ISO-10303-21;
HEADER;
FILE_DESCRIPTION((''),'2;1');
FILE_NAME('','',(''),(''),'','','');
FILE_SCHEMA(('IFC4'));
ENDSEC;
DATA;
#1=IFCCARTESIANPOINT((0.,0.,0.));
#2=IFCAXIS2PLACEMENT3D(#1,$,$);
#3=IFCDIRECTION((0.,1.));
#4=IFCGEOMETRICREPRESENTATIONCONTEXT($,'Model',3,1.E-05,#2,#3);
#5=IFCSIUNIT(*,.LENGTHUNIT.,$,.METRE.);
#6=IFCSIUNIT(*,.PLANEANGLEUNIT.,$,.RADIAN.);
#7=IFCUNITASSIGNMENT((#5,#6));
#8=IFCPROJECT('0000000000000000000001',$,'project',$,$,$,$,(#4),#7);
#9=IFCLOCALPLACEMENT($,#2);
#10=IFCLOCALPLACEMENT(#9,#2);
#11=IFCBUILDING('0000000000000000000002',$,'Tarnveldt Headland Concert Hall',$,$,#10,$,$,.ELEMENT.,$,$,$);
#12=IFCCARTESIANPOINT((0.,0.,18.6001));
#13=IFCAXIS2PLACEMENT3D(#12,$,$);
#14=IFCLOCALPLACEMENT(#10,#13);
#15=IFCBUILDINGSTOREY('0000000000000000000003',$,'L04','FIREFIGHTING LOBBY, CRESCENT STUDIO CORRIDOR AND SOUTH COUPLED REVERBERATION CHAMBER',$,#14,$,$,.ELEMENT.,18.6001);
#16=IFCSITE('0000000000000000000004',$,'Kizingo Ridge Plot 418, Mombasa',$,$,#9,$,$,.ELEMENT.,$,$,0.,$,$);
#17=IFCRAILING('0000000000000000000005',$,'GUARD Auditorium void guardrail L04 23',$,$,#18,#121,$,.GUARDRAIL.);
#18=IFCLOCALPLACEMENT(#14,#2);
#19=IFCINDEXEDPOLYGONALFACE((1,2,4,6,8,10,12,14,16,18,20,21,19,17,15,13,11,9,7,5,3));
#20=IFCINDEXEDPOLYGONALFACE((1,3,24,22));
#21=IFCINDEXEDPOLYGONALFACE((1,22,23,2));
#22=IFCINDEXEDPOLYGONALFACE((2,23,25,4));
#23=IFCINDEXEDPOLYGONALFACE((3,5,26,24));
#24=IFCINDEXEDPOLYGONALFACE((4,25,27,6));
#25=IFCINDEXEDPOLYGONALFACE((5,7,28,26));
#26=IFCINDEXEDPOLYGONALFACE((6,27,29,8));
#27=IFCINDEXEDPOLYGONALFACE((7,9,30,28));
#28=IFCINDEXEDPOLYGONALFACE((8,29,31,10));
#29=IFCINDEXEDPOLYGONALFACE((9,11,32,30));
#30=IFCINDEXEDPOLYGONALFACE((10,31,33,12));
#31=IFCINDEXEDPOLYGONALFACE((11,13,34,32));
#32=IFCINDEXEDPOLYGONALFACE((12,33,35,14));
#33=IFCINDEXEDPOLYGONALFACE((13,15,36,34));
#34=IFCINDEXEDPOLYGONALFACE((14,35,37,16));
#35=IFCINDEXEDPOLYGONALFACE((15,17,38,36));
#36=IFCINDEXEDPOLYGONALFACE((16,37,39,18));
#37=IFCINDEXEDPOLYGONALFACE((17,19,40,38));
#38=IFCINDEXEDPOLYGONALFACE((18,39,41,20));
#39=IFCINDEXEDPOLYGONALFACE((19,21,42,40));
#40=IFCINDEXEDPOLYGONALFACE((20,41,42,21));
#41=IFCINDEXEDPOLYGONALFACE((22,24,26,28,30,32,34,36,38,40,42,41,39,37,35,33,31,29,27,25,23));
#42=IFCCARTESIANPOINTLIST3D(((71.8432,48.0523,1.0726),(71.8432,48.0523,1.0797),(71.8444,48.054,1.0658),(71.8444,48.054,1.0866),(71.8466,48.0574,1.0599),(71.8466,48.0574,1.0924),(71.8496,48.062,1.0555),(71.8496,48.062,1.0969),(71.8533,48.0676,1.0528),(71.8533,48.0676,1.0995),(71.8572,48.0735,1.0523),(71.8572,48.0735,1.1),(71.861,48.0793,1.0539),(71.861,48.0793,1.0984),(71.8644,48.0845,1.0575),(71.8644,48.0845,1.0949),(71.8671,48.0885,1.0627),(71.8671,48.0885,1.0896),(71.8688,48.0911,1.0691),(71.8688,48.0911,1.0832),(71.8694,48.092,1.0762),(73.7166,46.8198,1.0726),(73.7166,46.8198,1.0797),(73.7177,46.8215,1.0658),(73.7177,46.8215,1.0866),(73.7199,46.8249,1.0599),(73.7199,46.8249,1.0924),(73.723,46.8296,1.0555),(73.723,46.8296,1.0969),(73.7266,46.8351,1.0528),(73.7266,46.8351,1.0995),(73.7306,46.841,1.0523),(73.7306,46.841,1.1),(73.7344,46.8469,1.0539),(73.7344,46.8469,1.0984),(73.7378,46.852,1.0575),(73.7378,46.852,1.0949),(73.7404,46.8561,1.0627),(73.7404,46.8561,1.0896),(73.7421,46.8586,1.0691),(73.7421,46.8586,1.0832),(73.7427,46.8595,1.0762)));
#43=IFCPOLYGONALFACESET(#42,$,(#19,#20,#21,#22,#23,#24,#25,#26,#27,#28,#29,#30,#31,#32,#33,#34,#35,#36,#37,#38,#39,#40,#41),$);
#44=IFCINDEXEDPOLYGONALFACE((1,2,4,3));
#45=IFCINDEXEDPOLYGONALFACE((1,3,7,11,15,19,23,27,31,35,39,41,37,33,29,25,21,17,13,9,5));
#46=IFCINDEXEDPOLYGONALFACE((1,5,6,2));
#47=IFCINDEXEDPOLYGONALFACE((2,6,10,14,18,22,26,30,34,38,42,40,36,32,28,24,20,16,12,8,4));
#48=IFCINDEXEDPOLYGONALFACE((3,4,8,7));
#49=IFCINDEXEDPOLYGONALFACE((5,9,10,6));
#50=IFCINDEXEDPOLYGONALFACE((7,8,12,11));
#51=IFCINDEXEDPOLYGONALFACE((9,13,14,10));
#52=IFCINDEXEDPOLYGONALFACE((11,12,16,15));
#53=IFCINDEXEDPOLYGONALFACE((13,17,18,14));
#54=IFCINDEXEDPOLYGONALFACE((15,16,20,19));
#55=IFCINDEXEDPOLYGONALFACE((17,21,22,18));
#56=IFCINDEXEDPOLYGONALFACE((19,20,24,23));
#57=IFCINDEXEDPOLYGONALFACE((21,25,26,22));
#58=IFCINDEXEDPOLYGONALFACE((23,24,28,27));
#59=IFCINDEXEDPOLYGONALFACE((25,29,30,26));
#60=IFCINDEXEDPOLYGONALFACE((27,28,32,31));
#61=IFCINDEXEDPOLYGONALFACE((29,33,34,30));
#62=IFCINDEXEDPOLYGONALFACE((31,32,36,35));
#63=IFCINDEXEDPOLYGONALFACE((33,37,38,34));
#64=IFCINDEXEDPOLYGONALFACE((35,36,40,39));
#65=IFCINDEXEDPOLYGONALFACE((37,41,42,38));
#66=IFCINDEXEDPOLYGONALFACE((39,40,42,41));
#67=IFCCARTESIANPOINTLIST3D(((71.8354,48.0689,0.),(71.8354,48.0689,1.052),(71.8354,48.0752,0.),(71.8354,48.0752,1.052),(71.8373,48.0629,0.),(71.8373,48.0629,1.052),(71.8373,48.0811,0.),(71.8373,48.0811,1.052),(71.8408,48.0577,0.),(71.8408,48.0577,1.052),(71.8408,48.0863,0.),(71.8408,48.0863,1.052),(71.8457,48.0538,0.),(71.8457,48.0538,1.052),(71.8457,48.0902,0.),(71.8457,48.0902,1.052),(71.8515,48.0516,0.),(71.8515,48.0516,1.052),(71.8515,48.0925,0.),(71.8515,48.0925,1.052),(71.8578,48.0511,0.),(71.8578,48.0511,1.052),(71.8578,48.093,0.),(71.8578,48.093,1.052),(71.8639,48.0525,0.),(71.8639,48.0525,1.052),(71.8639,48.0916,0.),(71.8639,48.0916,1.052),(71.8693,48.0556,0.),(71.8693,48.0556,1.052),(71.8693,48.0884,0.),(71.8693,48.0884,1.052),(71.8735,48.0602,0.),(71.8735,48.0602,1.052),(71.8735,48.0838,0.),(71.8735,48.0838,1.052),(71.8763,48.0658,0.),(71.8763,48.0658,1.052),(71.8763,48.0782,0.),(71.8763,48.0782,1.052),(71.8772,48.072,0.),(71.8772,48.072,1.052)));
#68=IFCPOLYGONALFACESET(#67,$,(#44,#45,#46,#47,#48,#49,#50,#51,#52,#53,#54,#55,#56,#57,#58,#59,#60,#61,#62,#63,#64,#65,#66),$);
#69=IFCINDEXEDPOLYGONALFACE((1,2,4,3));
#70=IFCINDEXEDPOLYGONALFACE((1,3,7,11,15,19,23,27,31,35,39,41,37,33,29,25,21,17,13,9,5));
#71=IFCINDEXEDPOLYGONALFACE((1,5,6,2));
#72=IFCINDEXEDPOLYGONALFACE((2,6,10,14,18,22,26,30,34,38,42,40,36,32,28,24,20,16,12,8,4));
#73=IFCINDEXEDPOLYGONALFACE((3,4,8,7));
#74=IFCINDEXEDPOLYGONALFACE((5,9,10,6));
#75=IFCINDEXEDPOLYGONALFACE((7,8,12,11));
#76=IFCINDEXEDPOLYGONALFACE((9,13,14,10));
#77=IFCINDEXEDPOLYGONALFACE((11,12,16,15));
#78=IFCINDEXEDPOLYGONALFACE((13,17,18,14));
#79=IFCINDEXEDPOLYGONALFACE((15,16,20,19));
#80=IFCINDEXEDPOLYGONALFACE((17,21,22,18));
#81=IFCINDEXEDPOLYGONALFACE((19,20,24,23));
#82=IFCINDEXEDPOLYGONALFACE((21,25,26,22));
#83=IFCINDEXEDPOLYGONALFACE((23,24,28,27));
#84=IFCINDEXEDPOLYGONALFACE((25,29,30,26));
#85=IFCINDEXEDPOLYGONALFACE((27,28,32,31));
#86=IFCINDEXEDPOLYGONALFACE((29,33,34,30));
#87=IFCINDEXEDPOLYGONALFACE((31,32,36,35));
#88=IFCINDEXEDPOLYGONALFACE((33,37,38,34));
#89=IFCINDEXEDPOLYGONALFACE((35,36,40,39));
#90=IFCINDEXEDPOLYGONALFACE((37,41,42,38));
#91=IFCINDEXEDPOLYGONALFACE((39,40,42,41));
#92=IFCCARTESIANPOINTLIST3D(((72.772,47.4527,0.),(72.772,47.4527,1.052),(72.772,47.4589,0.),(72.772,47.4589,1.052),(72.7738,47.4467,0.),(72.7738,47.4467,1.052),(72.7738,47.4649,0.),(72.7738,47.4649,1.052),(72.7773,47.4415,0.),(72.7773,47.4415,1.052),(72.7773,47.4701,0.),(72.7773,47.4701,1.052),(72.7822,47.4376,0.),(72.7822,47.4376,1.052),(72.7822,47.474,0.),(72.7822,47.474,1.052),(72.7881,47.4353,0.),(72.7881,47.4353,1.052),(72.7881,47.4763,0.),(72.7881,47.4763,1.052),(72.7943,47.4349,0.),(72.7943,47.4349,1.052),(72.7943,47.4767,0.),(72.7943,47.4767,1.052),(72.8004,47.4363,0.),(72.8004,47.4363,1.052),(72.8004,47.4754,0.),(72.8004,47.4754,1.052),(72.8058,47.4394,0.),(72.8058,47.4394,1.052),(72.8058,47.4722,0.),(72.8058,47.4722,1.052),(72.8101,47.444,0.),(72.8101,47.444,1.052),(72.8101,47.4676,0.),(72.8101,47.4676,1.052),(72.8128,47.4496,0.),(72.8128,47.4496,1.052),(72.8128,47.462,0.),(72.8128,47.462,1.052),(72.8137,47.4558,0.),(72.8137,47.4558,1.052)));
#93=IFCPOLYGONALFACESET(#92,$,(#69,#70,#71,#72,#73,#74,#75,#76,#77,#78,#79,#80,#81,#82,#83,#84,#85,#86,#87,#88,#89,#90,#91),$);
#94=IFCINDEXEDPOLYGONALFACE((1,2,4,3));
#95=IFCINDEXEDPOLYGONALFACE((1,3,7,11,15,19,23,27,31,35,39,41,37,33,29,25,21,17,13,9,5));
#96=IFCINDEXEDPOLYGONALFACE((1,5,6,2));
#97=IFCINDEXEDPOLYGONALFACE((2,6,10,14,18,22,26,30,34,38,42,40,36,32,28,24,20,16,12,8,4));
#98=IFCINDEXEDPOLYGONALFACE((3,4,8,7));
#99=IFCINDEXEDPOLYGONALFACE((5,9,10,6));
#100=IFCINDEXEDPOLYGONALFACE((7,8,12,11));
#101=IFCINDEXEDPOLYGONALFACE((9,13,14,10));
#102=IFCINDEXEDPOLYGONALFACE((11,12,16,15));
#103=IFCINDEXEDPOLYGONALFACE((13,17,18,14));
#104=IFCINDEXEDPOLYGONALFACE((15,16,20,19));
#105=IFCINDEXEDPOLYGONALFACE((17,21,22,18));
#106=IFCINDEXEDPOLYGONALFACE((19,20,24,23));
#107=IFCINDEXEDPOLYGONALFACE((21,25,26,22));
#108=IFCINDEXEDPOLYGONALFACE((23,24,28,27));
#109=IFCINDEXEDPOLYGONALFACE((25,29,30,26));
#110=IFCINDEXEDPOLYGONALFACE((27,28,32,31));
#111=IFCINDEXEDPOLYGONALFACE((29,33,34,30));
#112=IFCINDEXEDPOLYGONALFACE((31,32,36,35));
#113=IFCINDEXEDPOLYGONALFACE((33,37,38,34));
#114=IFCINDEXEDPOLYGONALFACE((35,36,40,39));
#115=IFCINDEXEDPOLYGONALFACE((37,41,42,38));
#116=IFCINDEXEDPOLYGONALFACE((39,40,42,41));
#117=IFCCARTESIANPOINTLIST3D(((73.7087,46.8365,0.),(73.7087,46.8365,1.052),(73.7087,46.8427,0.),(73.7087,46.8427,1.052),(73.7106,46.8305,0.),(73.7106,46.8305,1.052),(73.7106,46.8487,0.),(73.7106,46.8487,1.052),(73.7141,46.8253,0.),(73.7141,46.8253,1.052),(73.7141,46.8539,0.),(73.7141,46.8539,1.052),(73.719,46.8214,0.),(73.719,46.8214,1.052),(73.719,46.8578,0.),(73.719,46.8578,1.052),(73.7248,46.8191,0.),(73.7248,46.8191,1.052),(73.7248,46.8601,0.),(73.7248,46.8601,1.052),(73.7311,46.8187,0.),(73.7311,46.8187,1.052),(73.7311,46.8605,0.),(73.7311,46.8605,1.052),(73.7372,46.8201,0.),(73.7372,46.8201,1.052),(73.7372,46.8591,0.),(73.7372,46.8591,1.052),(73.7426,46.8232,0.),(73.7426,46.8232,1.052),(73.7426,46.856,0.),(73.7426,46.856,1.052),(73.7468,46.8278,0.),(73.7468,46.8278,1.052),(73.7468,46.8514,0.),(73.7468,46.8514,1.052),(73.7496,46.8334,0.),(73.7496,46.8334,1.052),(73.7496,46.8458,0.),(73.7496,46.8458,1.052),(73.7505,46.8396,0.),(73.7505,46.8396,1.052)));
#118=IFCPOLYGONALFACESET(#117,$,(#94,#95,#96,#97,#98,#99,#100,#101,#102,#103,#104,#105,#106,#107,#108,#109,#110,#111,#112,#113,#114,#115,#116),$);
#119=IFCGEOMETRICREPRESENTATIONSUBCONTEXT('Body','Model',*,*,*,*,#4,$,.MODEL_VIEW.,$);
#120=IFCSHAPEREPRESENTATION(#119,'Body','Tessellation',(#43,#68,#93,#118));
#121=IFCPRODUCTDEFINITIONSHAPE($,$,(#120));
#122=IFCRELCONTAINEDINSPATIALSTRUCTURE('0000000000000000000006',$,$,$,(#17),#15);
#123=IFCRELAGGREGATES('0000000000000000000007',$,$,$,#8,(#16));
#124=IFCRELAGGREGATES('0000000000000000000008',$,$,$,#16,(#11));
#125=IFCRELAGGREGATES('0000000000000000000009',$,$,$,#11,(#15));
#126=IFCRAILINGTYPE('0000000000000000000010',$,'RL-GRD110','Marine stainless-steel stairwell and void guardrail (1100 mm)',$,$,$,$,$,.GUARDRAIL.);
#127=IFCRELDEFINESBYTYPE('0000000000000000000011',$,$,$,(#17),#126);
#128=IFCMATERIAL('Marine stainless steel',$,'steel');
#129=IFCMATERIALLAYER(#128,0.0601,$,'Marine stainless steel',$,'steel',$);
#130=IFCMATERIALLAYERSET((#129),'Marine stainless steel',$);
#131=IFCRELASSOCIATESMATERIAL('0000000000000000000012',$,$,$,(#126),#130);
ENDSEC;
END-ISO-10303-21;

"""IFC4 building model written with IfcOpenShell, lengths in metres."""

from ifc_helpers import new_model, si_unit, direction, frame, origin, origin_2d, place, context, subcontext, project, spatial, circle, extrude, material, layer, layer_set, type_object, element, save


model = new_model("IFC4")

# Units and contexts
model_context = context("Model", 3, precision=1e-05, world=origin(), true_north=direction((0.0, 1.0)))
body_context = subcontext(model_context, "Body", "Model", "MODEL_VIEW")
ifc_project = project(units=[si_unit("LENGTHUNIT", "METRE"), si_unit("PLANEANGLEUNIT", "RADIAN")], contexts=[model_context])

# Site, building, storey
site_placement = place(None, origin())
site = spatial("IfcSite", under=ifc_project, at=site_placement, Name="Kizingo Ridge Plot 418, Mombasa", CompositionType="ELEMENT", RefElevation=0.0)
building_placement = place(site_placement, origin())
building = spatial("IfcBuilding", under=site, at=building_placement, Name="Tarnveldt Headland Concert Hall", CompositionType="ELEMENT")
storey_placement = place(building_placement, frame((0.0, 0.0, 18.6001)))
storey = spatial("IfcBuildingStorey", under=building, at=storey_placement, Name="L04", Description="FIREFIGHTING LOBBY, CRESCENT STUDIO CORRIDOR AND SOUTH COUPLED REVERBERATION CHAMBER", CompositionType="ELEMENT", Elevation=18.6001)

# Railing
ifc_material_1 = material(Name="Marine stainless steel", Category="steel")
ifc_layer_1 = layer(ifc_material_1, 0.0601, Name="Marine stainless steel", Category="steel")
ifc_layer_set_1 = layer_set([ifc_layer_1], Name="Marine stainless steel")
railing_type_1 = type_object("IfcRailingType", Name="RL-GRD110", Description="Marine stainless-steel stairwell and void guardrail (1100 mm)", PredefinedType="GUARDRAIL", material=ifc_layer_set_1)
railing_1_placement = place(storey_placement, frame((71.8562, 48.072, 0.0)))
element("IfcRailing", 1, at=railing_1_placement, inside=storey, type_object=railing_type_1, Name="GUARD Auditorium void guardrail L04 23", PredefinedType="GUARDRAIL", context=body_context, shape_type="SweptSolid", body=[
    extrude(circle(Radius=0.0239, at=origin_2d()), frame((0.0, 0.0, 1.0762), z_axis=(0.835418, -0.549615, 0.0), x_axis=(0.549615, 0.835418, 0.0)), (0.0, 0.0, 1.0), 2.2424),
    extrude(circle(Radius=0.021, at=origin_2d()), origin(), (0.0, 0.0, 1.0), 1.052),
    extrude(circle(Radius=0.021, at=origin_2d()), frame((0.9365, -0.6162, 0.0)), (0.0, 0.0, 1.0), 1.052),
    extrude(circle(Radius=0.021, at=origin_2d()), frame((1.8733, -1.2324, 0.0)), (0.0, 0.0, 1.0), 1.052),
])

save(model, "model.ifc")
